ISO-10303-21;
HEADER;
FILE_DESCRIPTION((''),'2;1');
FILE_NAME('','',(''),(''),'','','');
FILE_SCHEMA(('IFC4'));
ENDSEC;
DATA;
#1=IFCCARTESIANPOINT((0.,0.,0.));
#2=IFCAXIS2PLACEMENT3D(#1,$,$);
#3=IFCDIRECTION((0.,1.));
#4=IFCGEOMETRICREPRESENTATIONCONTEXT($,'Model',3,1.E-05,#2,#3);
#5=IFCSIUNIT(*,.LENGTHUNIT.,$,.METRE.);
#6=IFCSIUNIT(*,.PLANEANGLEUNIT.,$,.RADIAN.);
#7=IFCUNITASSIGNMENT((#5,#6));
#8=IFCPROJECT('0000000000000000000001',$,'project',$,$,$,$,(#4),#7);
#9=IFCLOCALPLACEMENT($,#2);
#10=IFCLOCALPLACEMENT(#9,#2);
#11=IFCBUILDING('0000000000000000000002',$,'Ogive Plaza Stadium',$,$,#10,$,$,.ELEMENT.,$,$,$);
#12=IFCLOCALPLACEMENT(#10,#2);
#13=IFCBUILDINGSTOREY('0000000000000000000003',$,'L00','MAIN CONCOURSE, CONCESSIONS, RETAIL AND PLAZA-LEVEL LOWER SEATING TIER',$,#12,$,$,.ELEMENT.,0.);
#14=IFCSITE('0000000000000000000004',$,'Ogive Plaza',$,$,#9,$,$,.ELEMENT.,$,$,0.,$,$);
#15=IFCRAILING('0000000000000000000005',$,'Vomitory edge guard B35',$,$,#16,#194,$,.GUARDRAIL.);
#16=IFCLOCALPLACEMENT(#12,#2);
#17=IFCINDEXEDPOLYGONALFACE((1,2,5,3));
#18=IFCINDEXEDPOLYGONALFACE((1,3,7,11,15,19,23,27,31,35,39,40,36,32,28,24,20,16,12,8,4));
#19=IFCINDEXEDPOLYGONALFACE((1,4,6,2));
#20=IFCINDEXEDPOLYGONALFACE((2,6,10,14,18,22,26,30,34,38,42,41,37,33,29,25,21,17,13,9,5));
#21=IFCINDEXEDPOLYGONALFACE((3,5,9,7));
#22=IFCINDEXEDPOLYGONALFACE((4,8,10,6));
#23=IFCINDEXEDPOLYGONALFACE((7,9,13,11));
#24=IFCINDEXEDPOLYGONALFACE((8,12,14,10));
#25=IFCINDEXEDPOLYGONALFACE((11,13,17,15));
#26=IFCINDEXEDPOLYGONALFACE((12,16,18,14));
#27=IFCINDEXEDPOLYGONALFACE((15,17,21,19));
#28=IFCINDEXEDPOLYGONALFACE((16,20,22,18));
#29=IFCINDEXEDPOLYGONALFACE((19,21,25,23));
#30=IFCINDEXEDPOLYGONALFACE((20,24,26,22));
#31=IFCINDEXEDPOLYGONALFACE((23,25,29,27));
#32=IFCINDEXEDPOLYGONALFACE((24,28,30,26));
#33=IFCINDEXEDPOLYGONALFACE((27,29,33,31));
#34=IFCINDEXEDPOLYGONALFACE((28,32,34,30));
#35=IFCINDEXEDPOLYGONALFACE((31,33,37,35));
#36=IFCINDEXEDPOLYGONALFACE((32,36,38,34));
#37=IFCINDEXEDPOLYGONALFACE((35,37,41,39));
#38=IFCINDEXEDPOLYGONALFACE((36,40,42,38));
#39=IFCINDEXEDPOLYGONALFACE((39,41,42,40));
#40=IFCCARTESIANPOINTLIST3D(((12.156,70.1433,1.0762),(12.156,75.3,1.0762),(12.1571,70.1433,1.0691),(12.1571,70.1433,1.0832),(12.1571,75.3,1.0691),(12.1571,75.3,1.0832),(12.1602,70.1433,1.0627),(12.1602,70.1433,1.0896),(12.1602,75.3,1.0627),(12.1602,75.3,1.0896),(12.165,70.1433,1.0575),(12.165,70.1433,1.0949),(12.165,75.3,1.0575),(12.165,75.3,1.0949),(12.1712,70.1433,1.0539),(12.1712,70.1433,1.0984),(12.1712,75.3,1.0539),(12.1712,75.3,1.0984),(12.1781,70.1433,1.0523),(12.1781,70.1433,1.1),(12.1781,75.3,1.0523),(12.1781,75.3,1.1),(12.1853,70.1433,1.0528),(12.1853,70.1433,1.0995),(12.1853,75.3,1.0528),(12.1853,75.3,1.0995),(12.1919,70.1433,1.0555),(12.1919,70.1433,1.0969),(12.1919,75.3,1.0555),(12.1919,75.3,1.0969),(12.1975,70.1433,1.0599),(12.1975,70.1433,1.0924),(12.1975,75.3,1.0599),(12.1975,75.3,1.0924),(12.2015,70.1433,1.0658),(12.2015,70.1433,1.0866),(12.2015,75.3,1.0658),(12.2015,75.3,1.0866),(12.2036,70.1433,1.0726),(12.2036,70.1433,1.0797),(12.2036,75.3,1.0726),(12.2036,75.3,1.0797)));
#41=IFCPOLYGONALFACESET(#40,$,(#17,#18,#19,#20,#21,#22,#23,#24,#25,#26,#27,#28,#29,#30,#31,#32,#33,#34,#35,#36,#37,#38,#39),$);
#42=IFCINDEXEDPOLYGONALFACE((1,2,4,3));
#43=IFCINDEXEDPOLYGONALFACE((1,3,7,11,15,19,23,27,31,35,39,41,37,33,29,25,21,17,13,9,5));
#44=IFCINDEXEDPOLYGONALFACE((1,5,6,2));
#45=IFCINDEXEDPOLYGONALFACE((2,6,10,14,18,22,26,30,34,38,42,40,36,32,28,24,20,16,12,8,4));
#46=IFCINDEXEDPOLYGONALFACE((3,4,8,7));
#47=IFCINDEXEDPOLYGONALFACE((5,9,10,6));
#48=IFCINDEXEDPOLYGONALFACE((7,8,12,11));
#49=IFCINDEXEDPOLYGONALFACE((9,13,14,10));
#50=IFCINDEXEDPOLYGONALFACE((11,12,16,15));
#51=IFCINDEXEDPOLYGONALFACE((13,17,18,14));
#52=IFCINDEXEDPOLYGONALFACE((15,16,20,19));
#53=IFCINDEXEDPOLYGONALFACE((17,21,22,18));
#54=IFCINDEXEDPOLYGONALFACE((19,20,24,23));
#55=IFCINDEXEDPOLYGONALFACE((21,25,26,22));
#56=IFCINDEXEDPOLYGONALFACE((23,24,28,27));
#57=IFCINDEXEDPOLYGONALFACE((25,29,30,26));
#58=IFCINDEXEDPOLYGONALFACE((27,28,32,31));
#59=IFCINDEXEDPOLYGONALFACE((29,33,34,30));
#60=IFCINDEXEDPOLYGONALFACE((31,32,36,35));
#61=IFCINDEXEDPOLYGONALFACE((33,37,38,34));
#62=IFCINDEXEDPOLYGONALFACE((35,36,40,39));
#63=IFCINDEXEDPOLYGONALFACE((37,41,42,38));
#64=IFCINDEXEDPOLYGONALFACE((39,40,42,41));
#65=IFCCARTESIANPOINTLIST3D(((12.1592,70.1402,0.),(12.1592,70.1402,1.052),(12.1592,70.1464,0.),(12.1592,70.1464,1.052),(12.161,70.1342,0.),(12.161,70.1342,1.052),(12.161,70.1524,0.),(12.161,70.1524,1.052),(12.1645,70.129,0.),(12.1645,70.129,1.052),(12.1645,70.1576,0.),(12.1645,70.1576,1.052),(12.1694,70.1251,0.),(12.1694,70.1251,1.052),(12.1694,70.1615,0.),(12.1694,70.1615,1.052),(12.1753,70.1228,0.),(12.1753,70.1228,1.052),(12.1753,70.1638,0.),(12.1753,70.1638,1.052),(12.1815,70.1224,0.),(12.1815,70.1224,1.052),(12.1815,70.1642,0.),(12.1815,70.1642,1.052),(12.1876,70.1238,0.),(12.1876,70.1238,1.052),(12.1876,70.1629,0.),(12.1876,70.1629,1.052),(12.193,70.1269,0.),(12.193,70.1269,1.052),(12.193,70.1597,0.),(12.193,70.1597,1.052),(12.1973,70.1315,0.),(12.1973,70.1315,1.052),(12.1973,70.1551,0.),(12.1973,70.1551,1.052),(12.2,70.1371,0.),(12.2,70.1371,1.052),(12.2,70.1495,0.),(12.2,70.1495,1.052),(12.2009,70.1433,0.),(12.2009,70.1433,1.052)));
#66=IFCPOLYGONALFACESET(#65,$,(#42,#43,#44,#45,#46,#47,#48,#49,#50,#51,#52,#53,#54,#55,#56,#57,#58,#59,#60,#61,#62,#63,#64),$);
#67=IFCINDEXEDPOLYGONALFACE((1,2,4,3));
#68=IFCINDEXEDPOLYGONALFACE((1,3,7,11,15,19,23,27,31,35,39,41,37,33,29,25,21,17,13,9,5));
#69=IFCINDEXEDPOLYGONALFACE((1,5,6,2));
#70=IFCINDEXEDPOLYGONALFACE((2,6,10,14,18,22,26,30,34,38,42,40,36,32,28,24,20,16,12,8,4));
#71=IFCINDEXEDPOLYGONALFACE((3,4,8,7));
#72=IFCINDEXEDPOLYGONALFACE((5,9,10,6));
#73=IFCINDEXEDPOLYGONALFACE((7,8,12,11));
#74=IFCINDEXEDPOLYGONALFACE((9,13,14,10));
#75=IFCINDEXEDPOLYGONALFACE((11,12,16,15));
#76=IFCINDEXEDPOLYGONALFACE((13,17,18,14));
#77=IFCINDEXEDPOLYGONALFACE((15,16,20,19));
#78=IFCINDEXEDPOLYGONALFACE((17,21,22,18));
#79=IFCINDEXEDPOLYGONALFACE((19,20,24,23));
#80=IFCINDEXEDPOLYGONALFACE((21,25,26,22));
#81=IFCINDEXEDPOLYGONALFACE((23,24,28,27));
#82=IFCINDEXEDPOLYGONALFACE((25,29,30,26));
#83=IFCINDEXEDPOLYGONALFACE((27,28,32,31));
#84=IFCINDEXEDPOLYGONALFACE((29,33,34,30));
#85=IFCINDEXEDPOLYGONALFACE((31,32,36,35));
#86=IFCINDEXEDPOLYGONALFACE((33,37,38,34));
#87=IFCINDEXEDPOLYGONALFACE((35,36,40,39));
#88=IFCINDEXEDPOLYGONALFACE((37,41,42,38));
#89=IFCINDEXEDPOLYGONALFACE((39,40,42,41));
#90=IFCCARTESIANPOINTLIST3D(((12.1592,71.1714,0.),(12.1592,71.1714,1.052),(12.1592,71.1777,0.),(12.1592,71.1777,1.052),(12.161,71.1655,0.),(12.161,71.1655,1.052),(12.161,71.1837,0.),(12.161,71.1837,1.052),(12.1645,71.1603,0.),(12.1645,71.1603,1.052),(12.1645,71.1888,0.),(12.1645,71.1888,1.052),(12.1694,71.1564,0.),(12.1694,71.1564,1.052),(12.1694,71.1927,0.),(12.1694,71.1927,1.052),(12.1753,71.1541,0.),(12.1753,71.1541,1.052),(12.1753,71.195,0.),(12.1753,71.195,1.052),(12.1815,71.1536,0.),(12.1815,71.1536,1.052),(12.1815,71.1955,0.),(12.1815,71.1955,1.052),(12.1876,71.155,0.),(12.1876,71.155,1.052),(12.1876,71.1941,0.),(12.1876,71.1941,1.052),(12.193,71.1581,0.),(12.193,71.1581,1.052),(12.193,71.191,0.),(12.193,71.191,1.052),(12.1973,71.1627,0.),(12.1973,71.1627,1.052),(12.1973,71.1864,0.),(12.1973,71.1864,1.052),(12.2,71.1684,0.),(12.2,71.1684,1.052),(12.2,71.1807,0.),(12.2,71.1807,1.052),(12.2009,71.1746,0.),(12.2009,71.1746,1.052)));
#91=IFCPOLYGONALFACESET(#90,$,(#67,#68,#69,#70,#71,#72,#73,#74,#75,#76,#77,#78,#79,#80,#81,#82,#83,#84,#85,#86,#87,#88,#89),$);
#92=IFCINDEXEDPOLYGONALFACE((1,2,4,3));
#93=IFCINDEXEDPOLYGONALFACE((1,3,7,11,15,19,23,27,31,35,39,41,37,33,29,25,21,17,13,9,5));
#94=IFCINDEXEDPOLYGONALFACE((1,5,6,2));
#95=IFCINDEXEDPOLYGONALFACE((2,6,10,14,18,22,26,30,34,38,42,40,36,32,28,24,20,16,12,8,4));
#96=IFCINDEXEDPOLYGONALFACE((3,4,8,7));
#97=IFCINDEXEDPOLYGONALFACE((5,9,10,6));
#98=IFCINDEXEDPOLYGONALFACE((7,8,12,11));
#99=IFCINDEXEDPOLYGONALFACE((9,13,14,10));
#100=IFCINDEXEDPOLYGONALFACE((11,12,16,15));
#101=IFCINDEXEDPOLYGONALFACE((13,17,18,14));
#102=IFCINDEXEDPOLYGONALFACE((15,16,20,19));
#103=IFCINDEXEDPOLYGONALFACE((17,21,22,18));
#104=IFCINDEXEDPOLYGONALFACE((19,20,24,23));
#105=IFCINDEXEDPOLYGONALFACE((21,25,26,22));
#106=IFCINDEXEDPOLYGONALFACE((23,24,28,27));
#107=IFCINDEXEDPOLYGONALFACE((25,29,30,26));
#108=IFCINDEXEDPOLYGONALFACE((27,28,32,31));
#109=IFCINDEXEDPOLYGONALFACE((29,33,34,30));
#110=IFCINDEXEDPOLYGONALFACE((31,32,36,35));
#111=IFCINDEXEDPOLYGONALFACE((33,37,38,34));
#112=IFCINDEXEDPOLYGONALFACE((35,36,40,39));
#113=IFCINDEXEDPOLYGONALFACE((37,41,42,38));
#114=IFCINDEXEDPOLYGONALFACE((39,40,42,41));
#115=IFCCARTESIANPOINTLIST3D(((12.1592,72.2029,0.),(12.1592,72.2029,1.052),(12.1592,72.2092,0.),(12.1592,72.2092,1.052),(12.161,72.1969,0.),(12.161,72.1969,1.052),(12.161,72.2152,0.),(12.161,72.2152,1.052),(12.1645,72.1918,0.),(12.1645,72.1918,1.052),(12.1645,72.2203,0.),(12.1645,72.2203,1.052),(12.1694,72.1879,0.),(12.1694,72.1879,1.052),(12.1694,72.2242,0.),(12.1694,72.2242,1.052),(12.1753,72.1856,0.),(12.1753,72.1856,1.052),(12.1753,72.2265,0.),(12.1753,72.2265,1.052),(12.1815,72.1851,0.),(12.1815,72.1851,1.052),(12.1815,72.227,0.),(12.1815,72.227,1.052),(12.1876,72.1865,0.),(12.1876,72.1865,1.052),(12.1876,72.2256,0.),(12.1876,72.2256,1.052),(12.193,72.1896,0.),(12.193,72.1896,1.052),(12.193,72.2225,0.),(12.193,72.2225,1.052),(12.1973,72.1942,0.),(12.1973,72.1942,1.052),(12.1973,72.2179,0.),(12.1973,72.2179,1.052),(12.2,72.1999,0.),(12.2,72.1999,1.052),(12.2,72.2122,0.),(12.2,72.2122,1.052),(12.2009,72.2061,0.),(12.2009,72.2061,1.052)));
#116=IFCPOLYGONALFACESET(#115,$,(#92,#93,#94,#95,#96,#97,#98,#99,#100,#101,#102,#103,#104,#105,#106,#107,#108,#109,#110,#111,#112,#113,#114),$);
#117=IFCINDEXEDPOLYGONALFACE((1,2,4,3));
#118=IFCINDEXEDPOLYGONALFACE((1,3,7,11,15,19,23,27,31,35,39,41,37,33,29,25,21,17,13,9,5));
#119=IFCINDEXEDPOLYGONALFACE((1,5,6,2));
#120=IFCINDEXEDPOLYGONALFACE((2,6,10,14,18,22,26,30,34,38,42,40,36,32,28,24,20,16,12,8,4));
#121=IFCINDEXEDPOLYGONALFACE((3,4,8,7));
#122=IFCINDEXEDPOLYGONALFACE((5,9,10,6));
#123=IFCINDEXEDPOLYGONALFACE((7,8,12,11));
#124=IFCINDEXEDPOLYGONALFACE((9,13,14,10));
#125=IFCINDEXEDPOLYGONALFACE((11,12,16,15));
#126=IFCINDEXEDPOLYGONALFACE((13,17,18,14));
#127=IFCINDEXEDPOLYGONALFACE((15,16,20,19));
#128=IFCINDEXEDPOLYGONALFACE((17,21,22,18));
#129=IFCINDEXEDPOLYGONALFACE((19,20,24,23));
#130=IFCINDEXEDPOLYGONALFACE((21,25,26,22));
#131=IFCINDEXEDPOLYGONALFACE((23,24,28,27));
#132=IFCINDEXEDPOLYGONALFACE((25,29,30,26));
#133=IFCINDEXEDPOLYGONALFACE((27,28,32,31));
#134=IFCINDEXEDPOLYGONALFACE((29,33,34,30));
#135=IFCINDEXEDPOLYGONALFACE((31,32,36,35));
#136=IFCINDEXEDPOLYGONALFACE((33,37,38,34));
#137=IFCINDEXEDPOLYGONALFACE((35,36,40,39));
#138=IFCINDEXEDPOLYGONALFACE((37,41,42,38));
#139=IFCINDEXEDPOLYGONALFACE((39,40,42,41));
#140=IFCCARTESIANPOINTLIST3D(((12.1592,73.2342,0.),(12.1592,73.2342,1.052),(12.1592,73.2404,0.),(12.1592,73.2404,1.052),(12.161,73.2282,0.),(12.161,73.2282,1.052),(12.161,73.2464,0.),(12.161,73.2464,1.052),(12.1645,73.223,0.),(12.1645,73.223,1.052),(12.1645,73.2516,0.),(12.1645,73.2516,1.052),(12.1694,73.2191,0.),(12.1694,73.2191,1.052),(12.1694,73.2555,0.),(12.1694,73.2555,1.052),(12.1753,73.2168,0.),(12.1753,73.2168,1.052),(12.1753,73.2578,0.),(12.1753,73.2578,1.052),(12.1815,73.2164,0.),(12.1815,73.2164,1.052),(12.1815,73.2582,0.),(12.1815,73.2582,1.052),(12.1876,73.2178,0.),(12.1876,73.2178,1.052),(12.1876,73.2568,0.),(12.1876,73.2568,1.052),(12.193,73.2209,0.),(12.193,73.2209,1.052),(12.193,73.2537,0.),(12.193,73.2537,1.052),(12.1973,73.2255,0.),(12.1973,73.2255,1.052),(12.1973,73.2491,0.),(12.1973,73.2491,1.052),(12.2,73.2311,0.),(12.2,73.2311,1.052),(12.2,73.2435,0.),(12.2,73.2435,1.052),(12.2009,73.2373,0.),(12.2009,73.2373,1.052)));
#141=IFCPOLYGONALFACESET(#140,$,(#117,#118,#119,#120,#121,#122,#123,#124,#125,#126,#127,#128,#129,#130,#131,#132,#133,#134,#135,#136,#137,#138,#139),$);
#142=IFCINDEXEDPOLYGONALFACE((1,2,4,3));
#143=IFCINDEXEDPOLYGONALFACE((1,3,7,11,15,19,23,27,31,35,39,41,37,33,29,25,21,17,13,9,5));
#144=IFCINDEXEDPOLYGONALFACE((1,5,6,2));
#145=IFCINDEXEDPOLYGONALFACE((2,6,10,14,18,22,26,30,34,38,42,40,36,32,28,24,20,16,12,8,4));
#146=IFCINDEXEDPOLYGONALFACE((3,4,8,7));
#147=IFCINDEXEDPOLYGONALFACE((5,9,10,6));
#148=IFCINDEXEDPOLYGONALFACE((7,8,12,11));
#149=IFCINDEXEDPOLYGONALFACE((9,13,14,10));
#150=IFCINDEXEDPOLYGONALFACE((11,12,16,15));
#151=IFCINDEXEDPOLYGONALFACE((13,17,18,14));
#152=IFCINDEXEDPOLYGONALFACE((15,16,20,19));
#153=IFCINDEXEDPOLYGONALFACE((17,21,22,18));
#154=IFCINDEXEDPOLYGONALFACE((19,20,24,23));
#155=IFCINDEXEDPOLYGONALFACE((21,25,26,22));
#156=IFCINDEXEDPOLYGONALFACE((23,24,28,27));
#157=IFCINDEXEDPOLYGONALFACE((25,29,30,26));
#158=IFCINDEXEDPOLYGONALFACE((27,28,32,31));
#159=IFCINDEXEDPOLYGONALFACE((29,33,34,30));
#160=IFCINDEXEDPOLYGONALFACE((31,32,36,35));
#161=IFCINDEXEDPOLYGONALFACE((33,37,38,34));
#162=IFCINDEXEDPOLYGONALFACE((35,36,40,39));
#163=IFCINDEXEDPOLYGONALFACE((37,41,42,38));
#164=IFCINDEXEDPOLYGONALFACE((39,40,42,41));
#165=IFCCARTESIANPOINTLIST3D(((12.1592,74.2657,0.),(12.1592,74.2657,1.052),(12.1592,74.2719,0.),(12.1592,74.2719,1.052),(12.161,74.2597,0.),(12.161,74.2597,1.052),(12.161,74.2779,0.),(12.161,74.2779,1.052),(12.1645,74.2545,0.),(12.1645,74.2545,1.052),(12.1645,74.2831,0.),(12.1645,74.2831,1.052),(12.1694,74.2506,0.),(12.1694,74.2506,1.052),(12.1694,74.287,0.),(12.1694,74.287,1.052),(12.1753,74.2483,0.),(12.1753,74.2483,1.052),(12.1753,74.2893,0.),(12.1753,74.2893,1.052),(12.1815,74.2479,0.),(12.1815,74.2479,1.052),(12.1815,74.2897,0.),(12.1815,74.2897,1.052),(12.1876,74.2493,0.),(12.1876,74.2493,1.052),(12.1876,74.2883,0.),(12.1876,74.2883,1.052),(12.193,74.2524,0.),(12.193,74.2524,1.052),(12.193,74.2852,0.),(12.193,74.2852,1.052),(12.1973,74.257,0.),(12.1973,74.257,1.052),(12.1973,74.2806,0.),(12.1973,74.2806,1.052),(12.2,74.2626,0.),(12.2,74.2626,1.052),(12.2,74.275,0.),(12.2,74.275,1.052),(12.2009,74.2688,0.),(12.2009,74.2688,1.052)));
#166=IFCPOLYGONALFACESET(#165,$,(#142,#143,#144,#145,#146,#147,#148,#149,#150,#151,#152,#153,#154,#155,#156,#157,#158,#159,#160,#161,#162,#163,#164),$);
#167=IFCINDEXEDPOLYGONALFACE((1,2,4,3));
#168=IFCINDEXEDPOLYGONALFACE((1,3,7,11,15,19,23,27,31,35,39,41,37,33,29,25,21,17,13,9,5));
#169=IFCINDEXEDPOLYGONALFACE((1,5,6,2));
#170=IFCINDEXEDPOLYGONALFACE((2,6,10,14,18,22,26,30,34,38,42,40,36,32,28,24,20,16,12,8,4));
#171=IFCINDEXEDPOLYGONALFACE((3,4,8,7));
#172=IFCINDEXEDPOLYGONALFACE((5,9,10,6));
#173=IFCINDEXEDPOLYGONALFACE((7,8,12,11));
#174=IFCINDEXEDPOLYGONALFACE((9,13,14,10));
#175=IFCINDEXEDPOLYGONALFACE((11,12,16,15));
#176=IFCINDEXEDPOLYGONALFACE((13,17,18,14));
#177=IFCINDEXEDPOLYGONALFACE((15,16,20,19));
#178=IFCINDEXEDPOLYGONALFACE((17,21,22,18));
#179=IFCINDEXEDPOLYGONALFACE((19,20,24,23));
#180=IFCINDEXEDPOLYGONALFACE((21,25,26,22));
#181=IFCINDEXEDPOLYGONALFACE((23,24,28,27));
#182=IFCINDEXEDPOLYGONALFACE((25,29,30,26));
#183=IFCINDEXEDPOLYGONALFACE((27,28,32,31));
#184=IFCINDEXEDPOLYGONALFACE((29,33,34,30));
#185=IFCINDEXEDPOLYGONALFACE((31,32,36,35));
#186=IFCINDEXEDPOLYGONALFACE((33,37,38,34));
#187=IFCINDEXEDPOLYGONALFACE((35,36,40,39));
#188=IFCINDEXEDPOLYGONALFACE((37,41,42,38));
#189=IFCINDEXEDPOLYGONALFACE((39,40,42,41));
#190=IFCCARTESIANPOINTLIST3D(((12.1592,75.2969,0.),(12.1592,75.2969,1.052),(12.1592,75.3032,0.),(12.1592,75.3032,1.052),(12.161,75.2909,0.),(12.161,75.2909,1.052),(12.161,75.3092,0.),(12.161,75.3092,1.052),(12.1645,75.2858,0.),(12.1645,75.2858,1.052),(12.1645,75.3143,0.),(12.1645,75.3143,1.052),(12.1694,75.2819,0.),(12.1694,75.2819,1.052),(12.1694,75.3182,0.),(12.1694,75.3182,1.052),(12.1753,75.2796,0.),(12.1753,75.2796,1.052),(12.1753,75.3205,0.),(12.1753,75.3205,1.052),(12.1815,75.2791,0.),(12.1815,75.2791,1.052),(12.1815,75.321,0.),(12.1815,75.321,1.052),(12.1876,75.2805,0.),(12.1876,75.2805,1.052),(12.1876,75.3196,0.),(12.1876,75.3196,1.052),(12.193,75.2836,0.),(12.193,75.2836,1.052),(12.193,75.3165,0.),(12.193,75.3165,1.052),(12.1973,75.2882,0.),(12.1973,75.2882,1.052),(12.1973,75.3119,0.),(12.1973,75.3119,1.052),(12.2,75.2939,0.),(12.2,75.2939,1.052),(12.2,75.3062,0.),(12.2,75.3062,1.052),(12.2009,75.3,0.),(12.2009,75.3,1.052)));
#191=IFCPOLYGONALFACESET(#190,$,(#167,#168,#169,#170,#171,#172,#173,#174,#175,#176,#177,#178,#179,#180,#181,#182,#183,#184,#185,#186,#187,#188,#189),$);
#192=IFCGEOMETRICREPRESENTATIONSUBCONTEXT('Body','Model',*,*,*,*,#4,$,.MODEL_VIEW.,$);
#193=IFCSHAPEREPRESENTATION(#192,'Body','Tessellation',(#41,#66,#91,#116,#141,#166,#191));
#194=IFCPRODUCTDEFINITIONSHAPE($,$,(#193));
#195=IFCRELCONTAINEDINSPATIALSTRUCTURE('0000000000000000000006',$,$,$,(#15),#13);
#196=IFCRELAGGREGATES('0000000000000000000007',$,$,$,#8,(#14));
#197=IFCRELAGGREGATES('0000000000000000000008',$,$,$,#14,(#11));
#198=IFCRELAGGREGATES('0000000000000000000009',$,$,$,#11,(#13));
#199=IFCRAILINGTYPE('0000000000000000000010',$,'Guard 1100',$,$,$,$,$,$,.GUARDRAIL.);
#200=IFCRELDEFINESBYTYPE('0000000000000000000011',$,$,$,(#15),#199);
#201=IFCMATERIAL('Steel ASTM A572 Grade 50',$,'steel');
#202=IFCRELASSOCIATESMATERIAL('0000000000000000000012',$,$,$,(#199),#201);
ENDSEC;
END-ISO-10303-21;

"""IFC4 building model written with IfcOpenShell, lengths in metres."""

from ifc_helpers import new_model, si_unit, direction, frame, origin, origin_2d, place, context, subcontext, project, spatial, circle, extrude, material, type_object, element, save


model = new_model("IFC4")

# Units and contexts
model_context = context("Model", 3, precision=1e-05, world=origin(), true_north=direction((0.0, 1.0)))
body_context = subcontext(model_context, "Body", "Model", "MODEL_VIEW")
ifc_project = project(units=[si_unit("LENGTHUNIT", "METRE"), si_unit("PLANEANGLEUNIT", "RADIAN")], contexts=[model_context])

# Site, building, storey
site_placement = place(None, origin())
site = spatial("IfcSite", under=ifc_project, at=site_placement, Name="Ogive Plaza", CompositionType="ELEMENT", RefElevation=0.0)
building_placement = place(site_placement, origin())
building = spatial("IfcBuilding", under=site, at=building_placement, Name="Ogive Plaza Stadium", CompositionType="ELEMENT")
storey_placement = place(building_placement, origin())
storey = spatial("IfcBuildingStorey", under=building, at=storey_placement, Name="L00", Description="MAIN CONCOURSE, CONCESSIONS, RETAIL AND PLAZA-LEVEL LOWER SEATING TIER", CompositionType="ELEMENT", Elevation=0.0)

# Railing
ifc_material_1 = material(Name="Steel ASTM A572 Grade 50", Category="steel")
railing_type = type_object("IfcRailingType", Name="Guard 1100", PredefinedType="GUARDRAIL", material=ifc_material_1)
for number, where, name in (
    (1, (12.1799, 70.1433, 0.0), "Vomitory edge guard B35"),
):
    element("IfcRailing", number, at=place(storey_placement, frame(where)), inside=storey, type_object=railing_type, Name=name, PredefinedType="GUARDRAIL", context=body_context, shape_type="SweptSolid", body=[
        extrude(circle(Radius=0.0239, at=origin_2d()), frame((0.0, 0.0, 1.0762), z_axis=(0.0, 1.0, 0.0), x_axis=(-1.0, 0.0, 0.0)), (0.0, 0.0, 1.0), 5.1567),
        extrude(circle(Radius=0.021, at=origin_2d()), origin(), (0.0, 0.0, 1.0), 1.052),
        extrude(circle(Radius=0.021, at=origin_2d()), frame((0.0, 1.0312, 0.0)), (0.0, 0.0, 1.0), 1.052),
        extrude(circle(Radius=0.021, at=origin_2d()), frame((0.0, 2.0627, 0.0)), (0.0, 0.0, 1.0), 1.052),
        extrude(circle(Radius=0.021, at=origin_2d()), frame((0.0, 3.094, 0.0)), (0.0, 0.0, 1.0), 1.052),
        extrude(circle(Radius=0.021, at=origin_2d()), frame((0.0, 4.1255, 0.0)), (0.0, 0.0, 1.0), 1.052),
        extrude(circle(Radius=0.021, at=origin_2d()), frame((0.0, 5.1567, 0.0)), (0.0, 0.0, 1.0), 1.052),
    ])

save(model, "model.ifc")
